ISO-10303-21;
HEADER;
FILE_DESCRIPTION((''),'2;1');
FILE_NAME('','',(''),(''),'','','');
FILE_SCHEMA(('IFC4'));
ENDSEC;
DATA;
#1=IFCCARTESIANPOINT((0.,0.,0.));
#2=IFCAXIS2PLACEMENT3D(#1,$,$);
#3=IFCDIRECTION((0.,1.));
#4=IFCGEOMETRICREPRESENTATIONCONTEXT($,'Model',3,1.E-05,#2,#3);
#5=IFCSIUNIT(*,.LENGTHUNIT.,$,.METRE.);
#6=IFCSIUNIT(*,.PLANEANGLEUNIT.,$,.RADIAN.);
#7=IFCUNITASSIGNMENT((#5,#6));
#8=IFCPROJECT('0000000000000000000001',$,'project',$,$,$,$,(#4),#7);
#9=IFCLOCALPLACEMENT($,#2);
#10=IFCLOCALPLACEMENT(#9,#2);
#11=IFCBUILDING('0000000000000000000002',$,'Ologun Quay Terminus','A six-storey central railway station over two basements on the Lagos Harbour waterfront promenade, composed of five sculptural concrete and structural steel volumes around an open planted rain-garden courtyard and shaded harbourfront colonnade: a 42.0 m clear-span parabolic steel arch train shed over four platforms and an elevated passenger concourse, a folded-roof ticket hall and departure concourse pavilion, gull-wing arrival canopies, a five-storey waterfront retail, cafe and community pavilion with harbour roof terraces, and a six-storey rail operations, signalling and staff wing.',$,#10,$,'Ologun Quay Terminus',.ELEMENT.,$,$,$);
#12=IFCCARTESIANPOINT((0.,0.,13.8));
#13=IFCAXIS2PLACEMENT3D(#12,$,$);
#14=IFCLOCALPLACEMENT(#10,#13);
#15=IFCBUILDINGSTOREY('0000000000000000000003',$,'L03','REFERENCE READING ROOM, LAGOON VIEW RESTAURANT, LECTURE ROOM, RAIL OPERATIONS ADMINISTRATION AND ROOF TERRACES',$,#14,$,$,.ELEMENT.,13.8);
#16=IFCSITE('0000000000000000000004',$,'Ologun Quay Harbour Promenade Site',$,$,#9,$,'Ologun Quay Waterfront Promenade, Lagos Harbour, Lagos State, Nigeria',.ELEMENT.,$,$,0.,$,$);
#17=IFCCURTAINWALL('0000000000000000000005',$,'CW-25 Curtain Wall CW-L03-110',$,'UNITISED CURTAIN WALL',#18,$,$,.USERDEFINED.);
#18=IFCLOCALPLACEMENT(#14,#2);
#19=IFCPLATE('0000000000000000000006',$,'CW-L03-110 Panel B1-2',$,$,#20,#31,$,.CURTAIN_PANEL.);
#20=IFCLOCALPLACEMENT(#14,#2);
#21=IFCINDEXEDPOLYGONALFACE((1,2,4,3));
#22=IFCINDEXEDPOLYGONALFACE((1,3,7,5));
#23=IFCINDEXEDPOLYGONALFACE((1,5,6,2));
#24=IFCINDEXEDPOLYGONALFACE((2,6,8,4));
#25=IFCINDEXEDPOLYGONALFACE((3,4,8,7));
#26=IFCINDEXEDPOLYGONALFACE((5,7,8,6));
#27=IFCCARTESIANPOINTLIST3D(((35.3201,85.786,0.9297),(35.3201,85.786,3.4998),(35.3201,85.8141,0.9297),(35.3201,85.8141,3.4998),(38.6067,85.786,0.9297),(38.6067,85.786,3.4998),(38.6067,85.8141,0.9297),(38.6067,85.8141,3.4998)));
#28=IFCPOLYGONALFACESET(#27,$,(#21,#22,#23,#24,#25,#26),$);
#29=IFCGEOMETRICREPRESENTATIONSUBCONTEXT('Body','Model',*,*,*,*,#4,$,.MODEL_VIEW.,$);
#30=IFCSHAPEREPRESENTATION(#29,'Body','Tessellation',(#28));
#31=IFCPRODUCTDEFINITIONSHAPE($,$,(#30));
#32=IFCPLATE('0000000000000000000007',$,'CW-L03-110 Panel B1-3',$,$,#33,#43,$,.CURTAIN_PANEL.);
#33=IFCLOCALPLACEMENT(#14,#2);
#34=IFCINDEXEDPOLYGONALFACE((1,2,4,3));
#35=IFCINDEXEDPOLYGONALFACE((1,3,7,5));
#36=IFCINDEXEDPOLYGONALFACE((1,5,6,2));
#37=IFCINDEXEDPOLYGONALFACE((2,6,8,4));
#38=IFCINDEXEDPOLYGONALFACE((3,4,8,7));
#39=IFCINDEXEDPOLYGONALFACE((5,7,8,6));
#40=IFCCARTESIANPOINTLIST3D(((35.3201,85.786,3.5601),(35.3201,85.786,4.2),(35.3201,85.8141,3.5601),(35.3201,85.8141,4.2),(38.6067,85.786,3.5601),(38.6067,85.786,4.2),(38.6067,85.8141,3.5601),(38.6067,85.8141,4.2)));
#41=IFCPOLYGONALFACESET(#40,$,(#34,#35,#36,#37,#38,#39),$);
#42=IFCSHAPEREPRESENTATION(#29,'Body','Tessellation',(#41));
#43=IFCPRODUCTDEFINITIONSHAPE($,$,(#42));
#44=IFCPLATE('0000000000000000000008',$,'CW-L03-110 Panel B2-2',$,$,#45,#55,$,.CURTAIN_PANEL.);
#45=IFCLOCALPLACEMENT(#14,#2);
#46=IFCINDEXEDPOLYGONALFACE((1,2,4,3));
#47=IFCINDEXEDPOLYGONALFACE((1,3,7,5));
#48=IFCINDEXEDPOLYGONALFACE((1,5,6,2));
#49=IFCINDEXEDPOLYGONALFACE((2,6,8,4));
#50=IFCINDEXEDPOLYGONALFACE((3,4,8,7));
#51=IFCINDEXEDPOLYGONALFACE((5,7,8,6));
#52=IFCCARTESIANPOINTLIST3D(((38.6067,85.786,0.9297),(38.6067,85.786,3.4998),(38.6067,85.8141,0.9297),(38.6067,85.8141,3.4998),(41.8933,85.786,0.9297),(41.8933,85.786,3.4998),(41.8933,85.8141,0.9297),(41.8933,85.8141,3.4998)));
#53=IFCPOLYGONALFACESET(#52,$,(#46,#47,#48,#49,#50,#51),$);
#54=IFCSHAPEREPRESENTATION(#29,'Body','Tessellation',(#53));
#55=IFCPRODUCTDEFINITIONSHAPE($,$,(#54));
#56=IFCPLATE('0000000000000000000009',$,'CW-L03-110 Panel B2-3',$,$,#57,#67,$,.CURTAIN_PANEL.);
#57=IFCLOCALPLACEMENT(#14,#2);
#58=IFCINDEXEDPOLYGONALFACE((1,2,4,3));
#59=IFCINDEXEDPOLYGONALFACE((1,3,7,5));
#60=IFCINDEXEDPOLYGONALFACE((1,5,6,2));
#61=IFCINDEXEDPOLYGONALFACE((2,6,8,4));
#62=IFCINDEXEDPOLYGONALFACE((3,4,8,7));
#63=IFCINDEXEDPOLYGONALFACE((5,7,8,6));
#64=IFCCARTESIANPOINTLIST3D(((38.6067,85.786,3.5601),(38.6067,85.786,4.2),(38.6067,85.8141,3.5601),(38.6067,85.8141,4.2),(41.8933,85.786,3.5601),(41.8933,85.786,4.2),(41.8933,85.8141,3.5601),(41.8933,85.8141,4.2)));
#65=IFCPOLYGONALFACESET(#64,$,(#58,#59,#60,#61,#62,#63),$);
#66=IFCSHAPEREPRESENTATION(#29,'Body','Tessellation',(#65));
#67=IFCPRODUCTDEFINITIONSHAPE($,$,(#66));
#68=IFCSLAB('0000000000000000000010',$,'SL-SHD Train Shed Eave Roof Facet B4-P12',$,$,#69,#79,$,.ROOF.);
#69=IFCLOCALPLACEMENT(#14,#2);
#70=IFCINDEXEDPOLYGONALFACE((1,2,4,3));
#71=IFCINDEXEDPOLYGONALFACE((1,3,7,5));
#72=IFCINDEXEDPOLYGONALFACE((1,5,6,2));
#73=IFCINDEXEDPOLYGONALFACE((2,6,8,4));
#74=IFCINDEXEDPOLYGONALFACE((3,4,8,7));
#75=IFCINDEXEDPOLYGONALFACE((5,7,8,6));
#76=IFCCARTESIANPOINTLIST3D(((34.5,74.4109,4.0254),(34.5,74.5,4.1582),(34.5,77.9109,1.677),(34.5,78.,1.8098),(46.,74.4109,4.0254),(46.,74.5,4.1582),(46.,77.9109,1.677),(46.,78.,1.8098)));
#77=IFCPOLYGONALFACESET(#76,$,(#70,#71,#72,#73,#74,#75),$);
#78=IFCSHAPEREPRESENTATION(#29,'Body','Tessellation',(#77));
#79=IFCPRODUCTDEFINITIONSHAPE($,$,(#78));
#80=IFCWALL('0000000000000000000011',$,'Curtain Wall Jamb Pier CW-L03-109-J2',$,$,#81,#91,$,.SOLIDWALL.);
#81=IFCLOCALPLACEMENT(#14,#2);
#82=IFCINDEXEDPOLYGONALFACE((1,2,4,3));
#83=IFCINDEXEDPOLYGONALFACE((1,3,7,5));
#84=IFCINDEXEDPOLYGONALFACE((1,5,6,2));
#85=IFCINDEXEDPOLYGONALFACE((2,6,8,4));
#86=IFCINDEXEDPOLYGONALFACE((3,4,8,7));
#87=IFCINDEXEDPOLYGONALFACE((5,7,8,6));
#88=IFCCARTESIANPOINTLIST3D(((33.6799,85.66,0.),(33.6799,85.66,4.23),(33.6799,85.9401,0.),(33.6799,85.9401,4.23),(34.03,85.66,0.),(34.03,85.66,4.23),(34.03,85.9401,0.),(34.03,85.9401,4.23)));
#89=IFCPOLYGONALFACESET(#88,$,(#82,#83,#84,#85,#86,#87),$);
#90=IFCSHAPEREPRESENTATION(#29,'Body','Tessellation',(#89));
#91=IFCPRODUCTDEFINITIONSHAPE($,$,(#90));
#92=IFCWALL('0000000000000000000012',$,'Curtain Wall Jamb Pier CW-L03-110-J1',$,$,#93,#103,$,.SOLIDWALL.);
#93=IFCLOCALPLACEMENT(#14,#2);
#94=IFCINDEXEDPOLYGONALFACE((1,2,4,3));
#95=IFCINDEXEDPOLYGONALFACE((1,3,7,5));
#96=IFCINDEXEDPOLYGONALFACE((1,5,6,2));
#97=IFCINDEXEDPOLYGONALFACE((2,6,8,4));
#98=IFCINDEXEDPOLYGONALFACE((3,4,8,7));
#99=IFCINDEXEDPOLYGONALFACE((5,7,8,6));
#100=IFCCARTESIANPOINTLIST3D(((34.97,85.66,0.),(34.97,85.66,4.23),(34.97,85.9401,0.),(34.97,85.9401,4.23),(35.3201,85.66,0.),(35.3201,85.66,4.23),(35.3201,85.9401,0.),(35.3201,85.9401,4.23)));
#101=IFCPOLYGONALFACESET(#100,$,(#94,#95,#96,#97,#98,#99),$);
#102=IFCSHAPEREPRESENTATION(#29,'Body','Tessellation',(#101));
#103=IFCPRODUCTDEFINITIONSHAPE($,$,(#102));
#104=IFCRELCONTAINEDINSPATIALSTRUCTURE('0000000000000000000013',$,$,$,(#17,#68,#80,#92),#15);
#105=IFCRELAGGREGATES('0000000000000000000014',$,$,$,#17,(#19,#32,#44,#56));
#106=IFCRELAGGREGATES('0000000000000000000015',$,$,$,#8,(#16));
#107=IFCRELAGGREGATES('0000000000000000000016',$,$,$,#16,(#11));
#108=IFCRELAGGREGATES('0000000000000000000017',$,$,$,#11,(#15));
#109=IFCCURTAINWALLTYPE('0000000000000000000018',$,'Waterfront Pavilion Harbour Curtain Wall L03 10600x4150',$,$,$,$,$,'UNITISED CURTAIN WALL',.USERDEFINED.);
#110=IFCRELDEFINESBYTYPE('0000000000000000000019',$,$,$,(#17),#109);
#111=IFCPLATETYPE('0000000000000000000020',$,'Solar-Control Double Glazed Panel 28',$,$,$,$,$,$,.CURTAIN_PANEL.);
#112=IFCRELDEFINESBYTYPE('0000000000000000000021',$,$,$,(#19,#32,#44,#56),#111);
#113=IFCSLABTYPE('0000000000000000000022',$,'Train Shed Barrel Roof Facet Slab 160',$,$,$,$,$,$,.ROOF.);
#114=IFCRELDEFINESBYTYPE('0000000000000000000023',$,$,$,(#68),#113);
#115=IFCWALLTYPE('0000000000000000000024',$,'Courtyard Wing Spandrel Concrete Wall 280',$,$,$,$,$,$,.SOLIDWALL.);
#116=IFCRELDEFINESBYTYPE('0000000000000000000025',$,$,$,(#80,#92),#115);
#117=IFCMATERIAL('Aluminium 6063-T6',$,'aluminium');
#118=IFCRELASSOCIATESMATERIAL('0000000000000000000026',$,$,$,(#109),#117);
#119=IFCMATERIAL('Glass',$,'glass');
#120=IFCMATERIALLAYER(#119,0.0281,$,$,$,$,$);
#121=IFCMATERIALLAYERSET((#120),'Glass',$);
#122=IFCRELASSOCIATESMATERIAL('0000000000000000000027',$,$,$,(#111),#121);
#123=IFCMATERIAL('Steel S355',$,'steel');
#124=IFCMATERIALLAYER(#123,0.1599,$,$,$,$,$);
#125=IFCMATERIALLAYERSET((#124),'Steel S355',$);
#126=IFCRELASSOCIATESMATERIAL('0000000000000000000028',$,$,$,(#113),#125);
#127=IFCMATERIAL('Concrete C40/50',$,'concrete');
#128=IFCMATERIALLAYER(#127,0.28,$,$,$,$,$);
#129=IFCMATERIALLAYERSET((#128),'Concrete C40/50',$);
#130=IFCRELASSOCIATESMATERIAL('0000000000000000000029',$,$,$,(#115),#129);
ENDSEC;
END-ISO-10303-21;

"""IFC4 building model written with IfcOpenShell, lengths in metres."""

from ifc_helpers import new_model, si_unit, direction, frame, frame_2d, origin, origin_2d, place, context, subcontext, project, spatial, polyline, rectangle, outline, extrude, material, layer, layer_set, type_object, element, aggregate, save


model = new_model("IFC4")

# Units and contexts
model_context = context("Model", 3, precision=1e-05, world=origin(), true_north=direction((0.0, 1.0)))
body_context = subcontext(model_context, "Body", "Model", "MODEL_VIEW")
ifc_project = project(units=[si_unit("LENGTHUNIT", "METRE"), si_unit("PLANEANGLEUNIT", "RADIAN")], contexts=[model_context])

# Site, building, storey
site_placement = place(None, origin())
site = spatial("IfcSite", under=ifc_project, at=site_placement, Name="Ologun Quay Harbour Promenade Site", LongName="Ologun Quay Waterfront Promenade, Lagos Harbour, Lagos State, Nigeria", CompositionType="ELEMENT", RefElevation=0.0)
building_placement = place(site_placement, origin())
building = spatial("IfcBuilding", under=site, at=building_placement, Name="Ologun Quay Terminus", Description="A six-storey central railway station over two basements on the Lagos Harbour waterfront promenade, composed of five sculptural concrete and structural steel volumes around an open planted rain-garden courtyard and shaded harbourfront colonnade: a 42.0 m clear-span parabolic steel arch train shed over four platforms and an elevated passenger concourse, a folded-roof ticket hall and departure concourse pavilion, gull-wing arrival canopies, a five-storey waterfront retail, cafe and community pavilion with harbour roof terraces, and a six-storey rail operations, signalling and staff wing.", LongName="Ologun Quay Terminus", CompositionType="ELEMENT")
storey_placement = place(building_placement, frame((0.0, 0.0, 13.8)))
storey = spatial("IfcBuildingStorey", under=building, at=storey_placement, Name="L03", Description="REFERENCE READING ROOM, LAGOON VIEW RESTAURANT, LECTURE ROOM, RAIL OPERATIONS ADMINISTRATION AND ROOF TERRACES", CompositionType="ELEMENT", Elevation=13.8)

# Shared definitions
ifc_material_1 = material(Name="Aluminium 6063-T6", Category="aluminium")
curtain_wall_type = type_object("IfcCurtainWallType", Name="Waterfront Pavilion Harbour Curtain Wall L03 10600x4150", ElementType="UNITISED CURTAIN WALL", PredefinedType="USERDEFINED", material=ifc_material_1)

# Curtain wall
curtain_wall_1_placement = place(storey_placement, origin())
curtain_wall_1 = element("IfcCurtainWall", 1, at=curtain_wall_1_placement, inside=storey, type_object=curtain_wall_type, Name="CW-25 Curtain Wall CW-L03-110", ObjectType="UNITISED CURTAIN WALL", PredefinedType="USERDEFINED")

# Plates
ifc_material_2 = material(Name="Glass", Category="glass")
ifc_layer_1 = layer(ifc_material_2, 0.0281)
ifc_layer_set_1 = layer_set([ifc_layer_1], Name="Glass")
plate_type_1 = type_object("IfcPlateType", Name="Solar-Control Double Glazed Panel 28", PredefinedType="CURTAIN_PANEL", material=ifc_layer_set_1)
plate_1_placement = place(storey_placement, frame((36.9634, 85.8, 0.9297), z_axis=(0.0, 0.0, 1.0), x_axis=(1.0, 0.0, 0.0)))
plate_1 = element("IfcPlate", 2, at=plate_1_placement, type_object=plate_type_1, Name="CW-L03-110 Panel B1-2", PredefinedType="CURTAIN_PANEL", context=body_context, shape_type="SweptSolid", body=[
    extrude(rectangle(XDim=3.2866, YDim=0.0281, at=origin_2d()), origin(), (0.0, 0.0, 1.0), 2.5701),
])
plate_2_placement = place(storey_placement, frame((36.9634, 85.8, 3.5601), z_axis=(0.0, 0.0, 1.0), x_axis=(1.0, 0.0, 0.0)))
plate_2 = element("IfcPlate", 3, at=plate_2_placement, type_object=plate_type_1, Name="CW-L03-110 Panel B1-3", PredefinedType="CURTAIN_PANEL", context=body_context, shape_type="SweptSolid", body=[
    extrude(rectangle(XDim=3.2866, YDim=0.0281, at=origin_2d()), origin(), (0.0, 0.0, 1.0), 0.6399),
])
plate_3_placement = place(storey_placement, frame((40.25, 85.8, 0.9297), z_axis=(0.0, 0.0, 1.0), x_axis=(1.0, 0.0, 0.0)))
plate_3 = element("IfcPlate", 4, at=plate_3_placement, type_object=plate_type_1, Name="CW-L03-110 Panel B2-2", PredefinedType="CURTAIN_PANEL", context=body_context, shape_type="SweptSolid", body=[
    extrude(rectangle(XDim=3.2866, YDim=0.0281, at=origin_2d()), origin(), (0.0, 0.0, 1.0), 2.5701),
])
plate_4_placement = place(storey_placement, frame((40.25, 85.8, 3.5601), z_axis=(0.0, 0.0, 1.0), x_axis=(1.0, 0.0, 0.0)))
plate_4 = element("IfcPlate", 5, at=plate_4_placement, type_object=plate_type_1, Name="CW-L03-110 Panel B2-3", PredefinedType="CURTAIN_PANEL", context=body_context, shape_type="SweptSolid", body=[
    extrude(rectangle(XDim=3.2866, YDim=0.0281, at=origin_2d()), origin(), (0.0, 0.0, 1.0), 0.6399),
])
aggregate(curtain_wall_1, [plate_1, plate_2, plate_3, plate_4])

# Slab
ifc_material_3 = material(Name="Steel S355", Category="steel")
ifc_layer_2 = layer(ifc_material_3, 0.1599)
ifc_layer_set_2 = layer_set([ifc_layer_2], Name="Steel S355")
slab_type_1 = type_object("IfcSlabType", Name="Train Shed Barrel Roof Facet Slab 160", PredefinedType="ROOF", material=ifc_layer_set_2)
slab_1_placement = place(storey_placement, frame((34.5, 74.5, 4.1582), z_axis=(0.0, 0.557171, 0.830398), x_axis=(1.0, 0.0, 0.0)))
element("IfcSlab", 6, at=slab_1_placement, inside=storey, type_object=slab_type_1, Name="SL-SHD Train Shed Eave Roof Facet B4-P12", PredefinedType="ROOF", context=body_context, shape_type="SweptSolid", body=[
    extrude(outline(polyline([(0.0, 0.0), (11.5, 0.0), (11.5, 4.2148), (0.0, 4.2148), (0.0, 0.0)])), origin(), (0.0, 0.0, -1.0), 0.1599),
])

# Walls
ifc_material_4 = material(Name="Concrete C40/50", Category="concrete")
ifc_layer_3 = layer(ifc_material_4, 0.28)
ifc_layer_set_3 = layer_set([ifc_layer_3], Name="Concrete C40/50")
wall_type = type_object("IfcWallType", Name="Courtyard Wing Spandrel Concrete Wall 280", PredefinedType="SOLIDWALL", material=ifc_layer_set_3)
for number, where, z_axis, x_axis, name in (
    (7, (33.6799, 85.8, 0.0), (0.0, 0.0, 1.0), (1.0, 0.0, 0.0), "Curtain Wall Jamb Pier CW-L03-109-J2"),
    (8, (34.97, 85.8, 0.0), (0.0, 0.0, 1.0), (1.0, 0.0, 0.0), "Curtain Wall Jamb Pier CW-L03-110-J1"),
):
    element("IfcWall", number, at=place(storey_placement, frame(where, z_axis=z_axis, x_axis=x_axis)), inside=storey, type_object=wall_type, Name=name, PredefinedType="SOLIDWALL", context=body_context, shape_type="SweptSolid", body=[
        extrude(rectangle(XDim=0.3501, YDim=0.28, at=frame_2d((0.175, 0.0))), origin(), (0.0, 0.0, 1.0), 4.23),
    ])

save(model, "model.ifc")
